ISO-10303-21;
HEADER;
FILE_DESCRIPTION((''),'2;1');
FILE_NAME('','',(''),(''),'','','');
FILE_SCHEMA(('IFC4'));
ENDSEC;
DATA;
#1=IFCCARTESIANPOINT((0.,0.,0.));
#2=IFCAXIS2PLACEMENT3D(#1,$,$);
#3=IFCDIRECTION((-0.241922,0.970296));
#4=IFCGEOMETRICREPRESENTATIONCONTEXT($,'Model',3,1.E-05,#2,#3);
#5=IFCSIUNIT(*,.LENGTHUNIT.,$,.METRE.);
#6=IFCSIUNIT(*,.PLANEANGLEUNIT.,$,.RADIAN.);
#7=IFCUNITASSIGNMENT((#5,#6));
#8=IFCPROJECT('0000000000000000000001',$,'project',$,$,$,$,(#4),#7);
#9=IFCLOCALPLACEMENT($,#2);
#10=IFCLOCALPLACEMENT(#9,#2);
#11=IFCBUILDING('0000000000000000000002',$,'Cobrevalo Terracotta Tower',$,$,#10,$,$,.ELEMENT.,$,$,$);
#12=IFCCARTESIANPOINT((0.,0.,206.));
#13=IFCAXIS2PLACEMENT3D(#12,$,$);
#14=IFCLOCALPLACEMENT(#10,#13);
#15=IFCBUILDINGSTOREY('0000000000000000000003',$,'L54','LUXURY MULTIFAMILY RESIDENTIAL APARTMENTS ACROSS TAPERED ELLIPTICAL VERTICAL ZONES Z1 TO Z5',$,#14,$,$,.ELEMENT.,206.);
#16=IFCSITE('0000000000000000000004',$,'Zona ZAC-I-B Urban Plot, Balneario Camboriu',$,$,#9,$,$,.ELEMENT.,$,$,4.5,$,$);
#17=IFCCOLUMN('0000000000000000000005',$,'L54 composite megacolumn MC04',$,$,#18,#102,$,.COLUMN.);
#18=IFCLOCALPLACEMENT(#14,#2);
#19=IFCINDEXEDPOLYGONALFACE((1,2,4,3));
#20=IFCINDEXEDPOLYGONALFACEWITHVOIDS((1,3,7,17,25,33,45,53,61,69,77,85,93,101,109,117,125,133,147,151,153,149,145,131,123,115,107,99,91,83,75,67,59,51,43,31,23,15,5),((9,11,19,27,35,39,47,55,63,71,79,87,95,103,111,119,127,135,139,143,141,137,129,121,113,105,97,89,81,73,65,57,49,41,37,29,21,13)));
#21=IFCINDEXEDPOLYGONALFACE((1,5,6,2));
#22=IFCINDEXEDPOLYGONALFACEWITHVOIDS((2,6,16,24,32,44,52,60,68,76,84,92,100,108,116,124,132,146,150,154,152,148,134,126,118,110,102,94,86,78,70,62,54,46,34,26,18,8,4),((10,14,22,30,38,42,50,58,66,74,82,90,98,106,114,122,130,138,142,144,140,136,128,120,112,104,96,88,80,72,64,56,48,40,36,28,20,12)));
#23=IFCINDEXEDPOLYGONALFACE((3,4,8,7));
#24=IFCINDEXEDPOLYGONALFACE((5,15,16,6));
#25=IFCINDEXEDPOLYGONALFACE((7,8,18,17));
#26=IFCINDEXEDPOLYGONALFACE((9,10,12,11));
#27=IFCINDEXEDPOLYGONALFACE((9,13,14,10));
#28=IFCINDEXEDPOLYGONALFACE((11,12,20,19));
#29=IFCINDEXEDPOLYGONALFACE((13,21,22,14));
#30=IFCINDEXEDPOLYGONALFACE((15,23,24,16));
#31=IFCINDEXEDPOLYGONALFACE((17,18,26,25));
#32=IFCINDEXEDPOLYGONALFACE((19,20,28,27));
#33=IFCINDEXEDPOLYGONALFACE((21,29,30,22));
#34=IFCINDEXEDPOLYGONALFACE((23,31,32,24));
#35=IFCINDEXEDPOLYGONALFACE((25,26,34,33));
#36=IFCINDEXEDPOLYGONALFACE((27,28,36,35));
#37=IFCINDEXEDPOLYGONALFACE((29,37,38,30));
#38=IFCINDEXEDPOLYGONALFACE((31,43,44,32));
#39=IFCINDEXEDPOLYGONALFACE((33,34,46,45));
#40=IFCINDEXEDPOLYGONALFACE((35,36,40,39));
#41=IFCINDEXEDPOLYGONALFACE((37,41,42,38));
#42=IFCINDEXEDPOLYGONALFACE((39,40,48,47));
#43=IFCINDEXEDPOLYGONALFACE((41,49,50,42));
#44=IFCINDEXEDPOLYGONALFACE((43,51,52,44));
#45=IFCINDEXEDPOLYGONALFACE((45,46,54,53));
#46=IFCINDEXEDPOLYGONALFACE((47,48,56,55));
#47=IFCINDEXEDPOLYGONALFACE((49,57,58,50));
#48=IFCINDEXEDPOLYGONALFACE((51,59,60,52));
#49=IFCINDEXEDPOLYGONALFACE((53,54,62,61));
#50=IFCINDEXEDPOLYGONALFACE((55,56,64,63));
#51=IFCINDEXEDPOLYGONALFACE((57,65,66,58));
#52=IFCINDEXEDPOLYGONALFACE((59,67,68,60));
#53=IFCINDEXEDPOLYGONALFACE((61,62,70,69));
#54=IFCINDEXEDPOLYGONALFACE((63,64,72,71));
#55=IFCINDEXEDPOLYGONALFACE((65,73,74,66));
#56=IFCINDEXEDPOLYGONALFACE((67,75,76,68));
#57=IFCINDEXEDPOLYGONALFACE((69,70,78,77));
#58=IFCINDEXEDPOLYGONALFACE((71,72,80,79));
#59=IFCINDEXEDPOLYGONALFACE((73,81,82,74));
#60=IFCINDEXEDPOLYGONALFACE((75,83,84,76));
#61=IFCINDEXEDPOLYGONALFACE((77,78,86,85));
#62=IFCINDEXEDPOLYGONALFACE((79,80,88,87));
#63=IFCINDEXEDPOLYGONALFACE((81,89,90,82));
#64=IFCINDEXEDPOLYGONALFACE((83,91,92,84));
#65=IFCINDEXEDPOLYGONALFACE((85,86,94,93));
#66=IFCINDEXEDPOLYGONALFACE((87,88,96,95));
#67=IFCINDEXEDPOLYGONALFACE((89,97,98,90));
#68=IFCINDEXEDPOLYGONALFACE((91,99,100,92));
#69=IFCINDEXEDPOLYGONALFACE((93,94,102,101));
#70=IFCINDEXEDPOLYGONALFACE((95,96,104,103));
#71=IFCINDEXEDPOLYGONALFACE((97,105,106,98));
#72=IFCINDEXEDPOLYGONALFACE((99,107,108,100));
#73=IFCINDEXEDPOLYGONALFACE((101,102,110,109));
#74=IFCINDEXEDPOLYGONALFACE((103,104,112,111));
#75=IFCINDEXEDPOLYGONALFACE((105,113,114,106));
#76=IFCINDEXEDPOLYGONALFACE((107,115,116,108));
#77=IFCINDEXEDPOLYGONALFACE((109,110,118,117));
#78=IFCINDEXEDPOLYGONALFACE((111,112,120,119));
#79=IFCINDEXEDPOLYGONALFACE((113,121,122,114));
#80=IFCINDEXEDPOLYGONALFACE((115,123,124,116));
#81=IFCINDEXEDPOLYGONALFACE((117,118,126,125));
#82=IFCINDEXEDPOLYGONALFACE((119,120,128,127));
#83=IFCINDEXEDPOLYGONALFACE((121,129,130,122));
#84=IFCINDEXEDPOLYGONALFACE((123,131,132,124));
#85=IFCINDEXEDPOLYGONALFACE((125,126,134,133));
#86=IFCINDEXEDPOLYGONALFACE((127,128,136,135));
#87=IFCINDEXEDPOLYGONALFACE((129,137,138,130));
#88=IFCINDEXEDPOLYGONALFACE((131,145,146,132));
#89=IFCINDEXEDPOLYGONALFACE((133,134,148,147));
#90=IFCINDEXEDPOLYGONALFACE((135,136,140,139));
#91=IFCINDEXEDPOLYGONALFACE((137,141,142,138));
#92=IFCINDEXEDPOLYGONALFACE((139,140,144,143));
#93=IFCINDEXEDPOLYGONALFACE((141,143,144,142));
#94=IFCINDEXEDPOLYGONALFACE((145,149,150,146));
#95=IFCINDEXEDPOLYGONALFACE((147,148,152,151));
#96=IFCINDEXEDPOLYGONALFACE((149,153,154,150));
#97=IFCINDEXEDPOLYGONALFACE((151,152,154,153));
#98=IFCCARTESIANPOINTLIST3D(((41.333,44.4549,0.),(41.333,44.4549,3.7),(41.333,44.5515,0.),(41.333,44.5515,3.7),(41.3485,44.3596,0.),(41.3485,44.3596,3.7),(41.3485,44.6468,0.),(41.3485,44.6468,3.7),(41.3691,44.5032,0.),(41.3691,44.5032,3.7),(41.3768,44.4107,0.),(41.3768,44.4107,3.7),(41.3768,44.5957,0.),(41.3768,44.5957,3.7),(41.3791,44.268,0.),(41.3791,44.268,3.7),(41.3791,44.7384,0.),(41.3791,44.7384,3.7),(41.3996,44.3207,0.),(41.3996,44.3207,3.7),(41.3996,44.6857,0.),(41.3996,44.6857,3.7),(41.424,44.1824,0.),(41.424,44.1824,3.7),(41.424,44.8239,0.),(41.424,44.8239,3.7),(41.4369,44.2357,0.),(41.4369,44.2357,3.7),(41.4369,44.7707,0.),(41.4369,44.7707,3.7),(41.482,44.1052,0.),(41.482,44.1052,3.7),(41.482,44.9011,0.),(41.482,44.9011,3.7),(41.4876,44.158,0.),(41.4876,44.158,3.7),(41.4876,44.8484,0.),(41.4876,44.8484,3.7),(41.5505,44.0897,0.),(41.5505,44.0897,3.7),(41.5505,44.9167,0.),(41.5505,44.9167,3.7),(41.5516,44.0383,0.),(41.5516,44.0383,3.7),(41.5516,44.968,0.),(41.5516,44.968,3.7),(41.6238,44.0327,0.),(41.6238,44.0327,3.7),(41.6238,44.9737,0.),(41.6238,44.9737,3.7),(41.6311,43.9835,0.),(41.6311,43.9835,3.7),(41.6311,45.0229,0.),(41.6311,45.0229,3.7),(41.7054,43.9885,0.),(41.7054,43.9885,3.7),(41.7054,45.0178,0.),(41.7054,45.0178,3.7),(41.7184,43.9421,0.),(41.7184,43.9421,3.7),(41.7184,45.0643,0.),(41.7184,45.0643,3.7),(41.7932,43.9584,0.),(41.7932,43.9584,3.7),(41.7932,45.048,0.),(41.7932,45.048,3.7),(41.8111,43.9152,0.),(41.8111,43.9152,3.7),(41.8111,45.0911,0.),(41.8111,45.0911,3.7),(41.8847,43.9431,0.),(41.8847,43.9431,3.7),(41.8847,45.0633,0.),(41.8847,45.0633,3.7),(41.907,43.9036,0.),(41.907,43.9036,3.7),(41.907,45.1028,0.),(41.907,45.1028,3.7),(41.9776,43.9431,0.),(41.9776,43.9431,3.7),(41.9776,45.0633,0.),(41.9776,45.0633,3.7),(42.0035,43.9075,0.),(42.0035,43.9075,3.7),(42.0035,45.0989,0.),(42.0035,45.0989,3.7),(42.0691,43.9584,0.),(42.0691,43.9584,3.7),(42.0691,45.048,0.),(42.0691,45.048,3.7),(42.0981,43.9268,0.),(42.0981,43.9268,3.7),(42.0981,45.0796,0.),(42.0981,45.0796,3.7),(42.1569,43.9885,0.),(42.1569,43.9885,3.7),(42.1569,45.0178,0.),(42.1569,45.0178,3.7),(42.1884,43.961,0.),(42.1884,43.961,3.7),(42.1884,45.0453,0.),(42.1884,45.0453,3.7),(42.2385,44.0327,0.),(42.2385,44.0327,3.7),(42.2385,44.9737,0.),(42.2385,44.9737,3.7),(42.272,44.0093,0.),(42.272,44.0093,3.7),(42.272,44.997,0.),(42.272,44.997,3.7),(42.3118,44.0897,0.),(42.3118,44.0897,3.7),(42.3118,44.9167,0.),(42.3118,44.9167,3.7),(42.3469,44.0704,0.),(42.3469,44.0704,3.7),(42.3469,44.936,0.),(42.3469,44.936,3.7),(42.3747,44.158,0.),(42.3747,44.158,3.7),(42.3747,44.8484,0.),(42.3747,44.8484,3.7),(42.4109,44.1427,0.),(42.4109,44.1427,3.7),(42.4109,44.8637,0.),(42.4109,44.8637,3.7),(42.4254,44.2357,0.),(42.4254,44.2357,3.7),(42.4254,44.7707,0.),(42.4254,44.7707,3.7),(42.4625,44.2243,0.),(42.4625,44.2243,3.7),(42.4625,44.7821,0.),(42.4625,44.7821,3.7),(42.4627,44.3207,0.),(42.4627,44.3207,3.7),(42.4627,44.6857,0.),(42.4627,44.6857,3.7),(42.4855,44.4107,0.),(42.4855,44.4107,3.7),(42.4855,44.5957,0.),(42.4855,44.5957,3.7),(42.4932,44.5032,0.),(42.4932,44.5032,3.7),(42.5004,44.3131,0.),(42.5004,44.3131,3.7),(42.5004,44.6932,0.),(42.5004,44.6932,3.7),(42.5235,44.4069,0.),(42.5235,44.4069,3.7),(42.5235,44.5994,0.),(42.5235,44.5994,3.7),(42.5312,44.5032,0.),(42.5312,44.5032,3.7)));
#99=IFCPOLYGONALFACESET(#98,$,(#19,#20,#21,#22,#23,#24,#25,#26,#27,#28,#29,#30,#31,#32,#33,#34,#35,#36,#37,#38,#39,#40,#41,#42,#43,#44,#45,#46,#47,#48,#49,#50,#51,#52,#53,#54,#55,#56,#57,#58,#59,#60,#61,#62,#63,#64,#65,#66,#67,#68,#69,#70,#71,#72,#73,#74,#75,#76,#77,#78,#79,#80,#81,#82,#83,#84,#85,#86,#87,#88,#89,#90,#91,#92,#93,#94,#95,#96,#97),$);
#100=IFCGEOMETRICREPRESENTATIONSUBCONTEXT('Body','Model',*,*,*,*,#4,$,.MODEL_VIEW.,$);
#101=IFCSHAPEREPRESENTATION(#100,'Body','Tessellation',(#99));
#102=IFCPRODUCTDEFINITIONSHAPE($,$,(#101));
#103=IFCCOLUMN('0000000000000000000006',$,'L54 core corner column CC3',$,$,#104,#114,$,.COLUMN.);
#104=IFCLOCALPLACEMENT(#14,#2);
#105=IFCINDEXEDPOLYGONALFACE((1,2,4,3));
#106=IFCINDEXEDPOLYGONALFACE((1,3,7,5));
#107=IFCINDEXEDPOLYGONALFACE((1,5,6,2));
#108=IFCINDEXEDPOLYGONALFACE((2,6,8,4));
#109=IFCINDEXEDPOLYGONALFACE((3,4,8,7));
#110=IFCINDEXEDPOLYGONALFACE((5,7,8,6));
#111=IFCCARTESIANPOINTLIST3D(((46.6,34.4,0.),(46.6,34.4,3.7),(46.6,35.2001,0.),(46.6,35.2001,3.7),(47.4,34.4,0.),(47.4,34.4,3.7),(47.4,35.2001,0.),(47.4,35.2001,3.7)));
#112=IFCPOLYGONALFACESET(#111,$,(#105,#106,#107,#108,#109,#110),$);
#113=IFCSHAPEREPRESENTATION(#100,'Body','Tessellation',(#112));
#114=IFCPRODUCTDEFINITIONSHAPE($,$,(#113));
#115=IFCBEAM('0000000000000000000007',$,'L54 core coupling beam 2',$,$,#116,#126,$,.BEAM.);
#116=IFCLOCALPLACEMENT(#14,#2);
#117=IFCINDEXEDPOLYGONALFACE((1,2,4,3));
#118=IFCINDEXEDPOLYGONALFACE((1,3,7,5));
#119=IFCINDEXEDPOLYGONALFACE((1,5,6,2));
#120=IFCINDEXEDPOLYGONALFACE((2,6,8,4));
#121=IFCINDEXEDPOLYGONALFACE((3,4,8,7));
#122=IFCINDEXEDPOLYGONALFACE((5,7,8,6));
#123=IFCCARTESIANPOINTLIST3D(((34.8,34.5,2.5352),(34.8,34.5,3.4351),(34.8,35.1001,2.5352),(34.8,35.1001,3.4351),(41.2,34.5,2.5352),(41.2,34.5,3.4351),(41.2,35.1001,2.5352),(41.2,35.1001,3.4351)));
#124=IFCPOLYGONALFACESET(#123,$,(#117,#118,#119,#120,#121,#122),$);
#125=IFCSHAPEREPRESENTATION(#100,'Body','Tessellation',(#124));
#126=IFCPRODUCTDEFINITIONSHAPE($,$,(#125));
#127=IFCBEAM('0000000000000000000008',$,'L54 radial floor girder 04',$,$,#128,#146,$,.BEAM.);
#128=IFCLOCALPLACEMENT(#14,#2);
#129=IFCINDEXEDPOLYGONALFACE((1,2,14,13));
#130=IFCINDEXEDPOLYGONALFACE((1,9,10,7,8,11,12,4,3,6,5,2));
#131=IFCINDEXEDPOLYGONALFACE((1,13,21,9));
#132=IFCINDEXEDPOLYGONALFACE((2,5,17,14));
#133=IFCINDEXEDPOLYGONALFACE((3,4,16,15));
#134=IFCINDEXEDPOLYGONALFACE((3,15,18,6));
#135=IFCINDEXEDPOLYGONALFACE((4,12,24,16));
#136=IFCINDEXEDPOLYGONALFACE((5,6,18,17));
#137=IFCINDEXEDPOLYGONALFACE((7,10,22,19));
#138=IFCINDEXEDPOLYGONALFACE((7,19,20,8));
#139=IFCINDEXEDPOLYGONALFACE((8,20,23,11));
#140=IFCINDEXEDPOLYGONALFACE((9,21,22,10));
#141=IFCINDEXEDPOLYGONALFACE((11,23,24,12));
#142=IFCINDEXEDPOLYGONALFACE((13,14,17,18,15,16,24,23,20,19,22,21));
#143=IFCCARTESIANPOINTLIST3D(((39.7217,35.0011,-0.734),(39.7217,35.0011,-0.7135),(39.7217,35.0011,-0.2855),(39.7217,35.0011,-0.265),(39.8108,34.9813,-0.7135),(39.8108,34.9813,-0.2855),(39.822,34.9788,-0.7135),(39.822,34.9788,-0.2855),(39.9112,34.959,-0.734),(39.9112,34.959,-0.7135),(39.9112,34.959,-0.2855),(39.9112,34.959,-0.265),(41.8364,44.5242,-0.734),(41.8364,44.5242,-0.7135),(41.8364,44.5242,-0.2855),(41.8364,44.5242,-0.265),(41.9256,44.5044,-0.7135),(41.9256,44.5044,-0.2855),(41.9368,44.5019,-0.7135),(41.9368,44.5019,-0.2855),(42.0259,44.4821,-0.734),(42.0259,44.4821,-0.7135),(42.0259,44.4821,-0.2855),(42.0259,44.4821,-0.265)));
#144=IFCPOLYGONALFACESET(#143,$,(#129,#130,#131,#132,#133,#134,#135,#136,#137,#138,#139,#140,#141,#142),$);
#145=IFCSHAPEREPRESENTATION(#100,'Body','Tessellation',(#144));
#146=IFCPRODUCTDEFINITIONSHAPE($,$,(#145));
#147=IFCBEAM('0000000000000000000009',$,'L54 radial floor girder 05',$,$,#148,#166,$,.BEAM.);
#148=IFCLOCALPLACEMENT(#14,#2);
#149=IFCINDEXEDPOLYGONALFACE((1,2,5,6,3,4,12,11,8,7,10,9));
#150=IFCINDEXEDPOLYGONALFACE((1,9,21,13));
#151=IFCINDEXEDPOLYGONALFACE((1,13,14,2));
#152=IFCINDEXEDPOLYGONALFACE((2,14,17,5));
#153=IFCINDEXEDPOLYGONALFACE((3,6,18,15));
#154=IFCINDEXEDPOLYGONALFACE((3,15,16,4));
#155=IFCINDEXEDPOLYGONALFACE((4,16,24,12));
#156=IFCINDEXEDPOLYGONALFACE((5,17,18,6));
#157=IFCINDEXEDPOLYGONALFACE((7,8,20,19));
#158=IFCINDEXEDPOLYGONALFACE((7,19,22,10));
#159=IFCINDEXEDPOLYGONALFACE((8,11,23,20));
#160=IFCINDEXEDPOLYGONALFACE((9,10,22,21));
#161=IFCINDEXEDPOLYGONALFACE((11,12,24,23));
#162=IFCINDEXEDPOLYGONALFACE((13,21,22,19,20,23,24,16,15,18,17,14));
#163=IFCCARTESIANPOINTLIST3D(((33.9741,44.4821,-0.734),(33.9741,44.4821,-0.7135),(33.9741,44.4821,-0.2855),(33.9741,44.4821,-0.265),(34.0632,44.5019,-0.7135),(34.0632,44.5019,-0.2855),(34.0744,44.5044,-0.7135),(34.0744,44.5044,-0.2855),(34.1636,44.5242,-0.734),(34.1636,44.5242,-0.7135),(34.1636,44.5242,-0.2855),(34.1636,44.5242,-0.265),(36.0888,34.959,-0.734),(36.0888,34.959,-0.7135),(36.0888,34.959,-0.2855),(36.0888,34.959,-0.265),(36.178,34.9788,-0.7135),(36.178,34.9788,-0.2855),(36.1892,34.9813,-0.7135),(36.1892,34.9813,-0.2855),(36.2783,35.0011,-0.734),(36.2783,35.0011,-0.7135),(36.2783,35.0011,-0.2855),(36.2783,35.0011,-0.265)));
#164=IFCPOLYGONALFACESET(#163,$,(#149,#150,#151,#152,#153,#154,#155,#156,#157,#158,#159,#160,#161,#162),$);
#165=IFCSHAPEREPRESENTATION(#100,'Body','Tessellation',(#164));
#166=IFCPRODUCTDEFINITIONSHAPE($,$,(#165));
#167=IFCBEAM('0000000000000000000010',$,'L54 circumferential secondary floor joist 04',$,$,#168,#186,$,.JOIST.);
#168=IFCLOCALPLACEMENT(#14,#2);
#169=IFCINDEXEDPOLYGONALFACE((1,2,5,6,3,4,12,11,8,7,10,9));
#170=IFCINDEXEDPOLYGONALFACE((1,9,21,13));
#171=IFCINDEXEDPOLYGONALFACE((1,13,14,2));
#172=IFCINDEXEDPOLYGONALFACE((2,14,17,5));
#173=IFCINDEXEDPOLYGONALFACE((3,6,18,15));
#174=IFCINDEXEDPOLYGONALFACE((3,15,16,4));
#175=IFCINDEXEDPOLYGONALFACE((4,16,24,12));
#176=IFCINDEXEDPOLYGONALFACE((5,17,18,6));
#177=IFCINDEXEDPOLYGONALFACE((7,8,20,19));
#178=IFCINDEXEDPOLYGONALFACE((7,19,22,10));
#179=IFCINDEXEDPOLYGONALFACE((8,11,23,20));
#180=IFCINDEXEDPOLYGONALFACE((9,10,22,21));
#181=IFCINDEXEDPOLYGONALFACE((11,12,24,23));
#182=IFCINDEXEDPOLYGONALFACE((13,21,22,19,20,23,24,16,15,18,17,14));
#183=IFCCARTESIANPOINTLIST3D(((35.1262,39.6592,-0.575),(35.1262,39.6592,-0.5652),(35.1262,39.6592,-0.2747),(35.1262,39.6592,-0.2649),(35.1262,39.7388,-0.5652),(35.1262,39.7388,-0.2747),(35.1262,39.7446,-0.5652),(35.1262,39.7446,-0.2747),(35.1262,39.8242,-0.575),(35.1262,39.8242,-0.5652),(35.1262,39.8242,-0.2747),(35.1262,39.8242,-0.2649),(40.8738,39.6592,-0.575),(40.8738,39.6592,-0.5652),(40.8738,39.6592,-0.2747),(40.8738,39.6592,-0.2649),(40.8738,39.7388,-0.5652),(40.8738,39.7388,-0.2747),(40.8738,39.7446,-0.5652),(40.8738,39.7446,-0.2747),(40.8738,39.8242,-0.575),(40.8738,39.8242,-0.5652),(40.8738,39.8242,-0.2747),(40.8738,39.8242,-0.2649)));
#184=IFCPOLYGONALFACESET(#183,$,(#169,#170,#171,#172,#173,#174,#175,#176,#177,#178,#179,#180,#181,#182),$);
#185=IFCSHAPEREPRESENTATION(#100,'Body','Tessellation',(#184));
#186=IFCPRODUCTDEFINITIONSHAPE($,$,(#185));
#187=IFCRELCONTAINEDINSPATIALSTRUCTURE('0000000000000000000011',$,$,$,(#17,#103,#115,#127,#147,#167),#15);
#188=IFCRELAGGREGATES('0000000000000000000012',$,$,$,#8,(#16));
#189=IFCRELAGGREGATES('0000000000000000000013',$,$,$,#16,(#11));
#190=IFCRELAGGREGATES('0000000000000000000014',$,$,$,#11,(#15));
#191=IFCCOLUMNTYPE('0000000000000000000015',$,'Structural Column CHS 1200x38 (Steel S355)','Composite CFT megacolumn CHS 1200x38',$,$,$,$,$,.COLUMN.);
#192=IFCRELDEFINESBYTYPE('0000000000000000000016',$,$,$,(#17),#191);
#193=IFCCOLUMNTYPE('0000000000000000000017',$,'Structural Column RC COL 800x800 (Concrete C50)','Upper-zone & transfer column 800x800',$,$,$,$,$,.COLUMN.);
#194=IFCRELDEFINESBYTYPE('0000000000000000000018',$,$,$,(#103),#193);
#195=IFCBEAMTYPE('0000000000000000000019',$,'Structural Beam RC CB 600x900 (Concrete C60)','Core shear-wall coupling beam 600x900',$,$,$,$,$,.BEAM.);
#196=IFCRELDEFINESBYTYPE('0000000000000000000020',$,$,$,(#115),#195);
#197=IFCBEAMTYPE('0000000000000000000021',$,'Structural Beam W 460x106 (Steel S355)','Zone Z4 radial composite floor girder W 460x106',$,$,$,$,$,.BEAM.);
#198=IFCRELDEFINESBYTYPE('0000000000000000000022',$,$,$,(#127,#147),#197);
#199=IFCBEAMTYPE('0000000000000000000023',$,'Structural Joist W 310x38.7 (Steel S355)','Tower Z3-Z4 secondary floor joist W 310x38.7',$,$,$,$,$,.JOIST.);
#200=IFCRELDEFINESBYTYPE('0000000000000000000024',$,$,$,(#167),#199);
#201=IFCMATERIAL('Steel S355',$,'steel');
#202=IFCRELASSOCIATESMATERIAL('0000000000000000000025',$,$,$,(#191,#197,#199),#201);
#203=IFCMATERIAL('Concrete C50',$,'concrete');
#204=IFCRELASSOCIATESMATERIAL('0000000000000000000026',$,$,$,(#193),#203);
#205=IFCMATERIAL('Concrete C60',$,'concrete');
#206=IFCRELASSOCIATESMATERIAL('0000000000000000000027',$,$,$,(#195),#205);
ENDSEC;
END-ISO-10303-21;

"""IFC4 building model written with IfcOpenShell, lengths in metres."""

from ifc_helpers import new_model, si_unit, direction, frame, origin, origin_2d, place, context, subcontext, project, spatial, rectangle, hollow_circle, i_section, extrude, material, material_profile, profile_set, type_object, element, save


model = new_model("IFC4")

# Units and contexts
model_context = context("Model", 3, precision=1e-05, world=origin(), true_north=direction((-0.241922, 0.970296)))
body_context = subcontext(model_context, "Body", "Model", "MODEL_VIEW")
ifc_project = project(units=[si_unit("LENGTHUNIT", "METRE"), si_unit("PLANEANGLEUNIT", "RADIAN")], contexts=[model_context])

# Site, building, storey
site_placement = place(None, origin())
site = spatial("IfcSite", under=ifc_project, at=site_placement, Name="Zona ZAC-I-B Urban Plot, Balneario Camboriu", CompositionType="ELEMENT", RefElevation=4.5)
building_placement = place(site_placement, origin())
building = spatial("IfcBuilding", under=site, at=building_placement, Name="Cobrevalo Terracotta Tower", CompositionType="ELEMENT")
storey_placement = place(building_placement, frame((0.0, 0.0, 206.0)))
storey = spatial("IfcBuildingStorey", under=building, at=storey_placement, Name="L54", Description="LUXURY MULTIFAMILY RESIDENTIAL APARTMENTS ACROSS TAPERED ELLIPTICAL VERTICAL ZONES Z1 TO Z5", CompositionType="ELEMENT", Elevation=206.0)

# Columns
ifc_material_1 = material(Name="Steel S355", Category="steel")
ifc_material_profile_1 = material_profile(ifc_material_1, hollow_circle(Radius=0.6001, WallThickness=0.0381, at=origin_2d()), Name="CHS 1200x38")
ifc_profile_set_1 = profile_set([ifc_material_profile_1], Name="Steel S355")
column_type_1 = type_object("IfcColumnType", Name="Structural Column CHS 1200x38 (Steel S355)", Description="Composite CFT megacolumn CHS 1200x38", PredefinedType="COLUMN", material=ifc_profile_set_1)
column_1_placement = place(storey_placement, frame((41.9312, 44.5032, 0.0), z_axis=(0.0, 0.0, 1.0), x_axis=(1.0, 0.0, 0.0)))
element("IfcColumn", 1, at=column_1_placement, inside=storey, type_object=column_type_1, Name="L54 composite megacolumn MC04", PredefinedType="COLUMN", context=body_context, shape_type="SweptSolid", body=[
    extrude(hollow_circle(Radius=0.6001, WallThickness=0.0381, at=origin_2d()), origin(), (0.0, 0.0, 1.0), 3.7),
])
ifc_material_2 = material(Name="Concrete C50", Category="concrete")
ifc_material_profile_2 = material_profile(ifc_material_2, rectangle(XDim=0.8, YDim=0.8, at=origin_2d()), Name="RC COL 800x800")
ifc_profile_set_2 = profile_set([ifc_material_profile_2], Name="Concrete C50")
column_type_2 = type_object("IfcColumnType", Name="Structural Column RC COL 800x800 (Concrete C50)", Description="Upper-zone & transfer column 800x800", PredefinedType="COLUMN", material=ifc_profile_set_2)
column_2_placement = place(storey_placement, frame((47.0, 34.8, 0.0), z_axis=(0.0, 0.0, 1.0), x_axis=(1.0, 0.0, 0.0)))
element("IfcColumn", 2, at=column_2_placement, inside=storey, type_object=column_type_2, Name="L54 core corner column CC3", PredefinedType="COLUMN", context=body_context, shape_type="SweptSolid", body=[
    extrude(rectangle(XDim=0.8, YDim=0.8, at=origin_2d()), origin(), (0.0, 0.0, 1.0), 3.7),
])

# Beams
ifc_material_3 = material(Name="Concrete C60", Category="concrete")
ifc_material_profile_3 = material_profile(ifc_material_3, rectangle(XDim=0.6001, YDim=0.8999, at=origin_2d()), Name="RC CB 600x900")
ifc_profile_set_3 = profile_set([ifc_material_profile_3], Name="Concrete C60")
beam_type_1 = type_object("IfcBeamType", Name="Structural Beam RC CB 600x900 (Concrete C60)", Description="Core shear-wall coupling beam 600x900", PredefinedType="BEAM", material=ifc_profile_set_3)
beam_1_placement = place(storey_placement, frame((34.8, 34.8, 2.9851), z_axis=(1.0, 0.0, 0.0), x_axis=(0.0, 1.0, 0.0)))
element("IfcBeam", 3, at=beam_1_placement, inside=storey, type_object=beam_type_1, Name="L54 core coupling beam 2", PredefinedType="BEAM", context=body_context, shape_type="SweptSolid", body=[
    extrude(rectangle(XDim=0.6001, YDim=0.8999, at=origin_2d()), origin(), (0.0, 0.0, 1.0), 6.3999),
])
ifc_material_profile_4 = material_profile(ifc_material_1, i_section(OverallWidth=0.1941, OverallDepth=0.469, WebThickness=0.0115, FlangeThickness=0.0205, at=origin_2d()), Name="W 460x106")
ifc_profile_set_4 = profile_set([ifc_material_profile_4], Name="Steel S355")
beam_type_2 = type_object("IfcBeamType", Name="Structural Beam W 460x106 (Steel S355)", Description="Zone Z4 radial composite floor girder W 460x106", PredefinedType="BEAM", material=ifc_profile_set_4)
for number, where, z_axis, x_axis, name in (
    (4, (41.9312, 44.5032, -0.4995), (-0.216782, -0.97622, 0.0), (0.97622, -0.216782, 0.0), "L54 radial floor girder 04"),
    (5, (34.0688, 44.5032, -0.4995), (0.216782, -0.97622, 0.0), (0.97622, 0.216782, 0.0), "L54 radial floor girder 05"),
):
    element("IfcBeam", number, at=place(storey_placement, frame(where, z_axis=z_axis, x_axis=x_axis)), inside=storey, type_object=beam_type_2, Name=name, PredefinedType="BEAM", context=body_context, shape_type="SweptSolid", body=[
        extrude(i_section(OverallWidth=0.1941, OverallDepth=0.469, WebThickness=0.0115, FlangeThickness=0.0205, at=origin_2d()), origin(), (0.0, 0.0, 1.0), 9.7551),
    ])
ifc_material_profile_5 = material_profile(ifc_material_1, i_section(OverallWidth=0.165, OverallDepth=0.3101, WebThickness=0.0059, FlangeThickness=0.0098, at=origin_2d()), Name="W 310x38.7")
ifc_profile_set_5 = profile_set([ifc_material_profile_5], Name="Steel S355")
beam_type_3 = type_object("IfcBeamType", Name="Structural Joist W 310x38.7 (Steel S355)", Description="Tower Z3-Z4 secondary floor joist W 310x38.7", PredefinedType="JOIST", material=ifc_profile_set_5)
beam_2_placement = place(storey_placement, frame((40.8738, 39.7417, -0.4199), z_axis=(-1.0, 0.0, 0.0), x_axis=(0.0, -1.0, 0.0)))
element("IfcBeam", 6, at=beam_2_placement, inside=storey, type_object=beam_type_3, Name="L54 circumferential secondary floor joist 04", PredefinedType="JOIST", context=body_context, shape_type="SweptSolid", body=[
    extrude(i_section(OverallWidth=0.165, OverallDepth=0.3101, WebThickness=0.0059, FlangeThickness=0.0098, at=origin_2d()), origin(), (0.0, 0.0, 1.0), 5.7476),
])

save(model, "model.ifc")
